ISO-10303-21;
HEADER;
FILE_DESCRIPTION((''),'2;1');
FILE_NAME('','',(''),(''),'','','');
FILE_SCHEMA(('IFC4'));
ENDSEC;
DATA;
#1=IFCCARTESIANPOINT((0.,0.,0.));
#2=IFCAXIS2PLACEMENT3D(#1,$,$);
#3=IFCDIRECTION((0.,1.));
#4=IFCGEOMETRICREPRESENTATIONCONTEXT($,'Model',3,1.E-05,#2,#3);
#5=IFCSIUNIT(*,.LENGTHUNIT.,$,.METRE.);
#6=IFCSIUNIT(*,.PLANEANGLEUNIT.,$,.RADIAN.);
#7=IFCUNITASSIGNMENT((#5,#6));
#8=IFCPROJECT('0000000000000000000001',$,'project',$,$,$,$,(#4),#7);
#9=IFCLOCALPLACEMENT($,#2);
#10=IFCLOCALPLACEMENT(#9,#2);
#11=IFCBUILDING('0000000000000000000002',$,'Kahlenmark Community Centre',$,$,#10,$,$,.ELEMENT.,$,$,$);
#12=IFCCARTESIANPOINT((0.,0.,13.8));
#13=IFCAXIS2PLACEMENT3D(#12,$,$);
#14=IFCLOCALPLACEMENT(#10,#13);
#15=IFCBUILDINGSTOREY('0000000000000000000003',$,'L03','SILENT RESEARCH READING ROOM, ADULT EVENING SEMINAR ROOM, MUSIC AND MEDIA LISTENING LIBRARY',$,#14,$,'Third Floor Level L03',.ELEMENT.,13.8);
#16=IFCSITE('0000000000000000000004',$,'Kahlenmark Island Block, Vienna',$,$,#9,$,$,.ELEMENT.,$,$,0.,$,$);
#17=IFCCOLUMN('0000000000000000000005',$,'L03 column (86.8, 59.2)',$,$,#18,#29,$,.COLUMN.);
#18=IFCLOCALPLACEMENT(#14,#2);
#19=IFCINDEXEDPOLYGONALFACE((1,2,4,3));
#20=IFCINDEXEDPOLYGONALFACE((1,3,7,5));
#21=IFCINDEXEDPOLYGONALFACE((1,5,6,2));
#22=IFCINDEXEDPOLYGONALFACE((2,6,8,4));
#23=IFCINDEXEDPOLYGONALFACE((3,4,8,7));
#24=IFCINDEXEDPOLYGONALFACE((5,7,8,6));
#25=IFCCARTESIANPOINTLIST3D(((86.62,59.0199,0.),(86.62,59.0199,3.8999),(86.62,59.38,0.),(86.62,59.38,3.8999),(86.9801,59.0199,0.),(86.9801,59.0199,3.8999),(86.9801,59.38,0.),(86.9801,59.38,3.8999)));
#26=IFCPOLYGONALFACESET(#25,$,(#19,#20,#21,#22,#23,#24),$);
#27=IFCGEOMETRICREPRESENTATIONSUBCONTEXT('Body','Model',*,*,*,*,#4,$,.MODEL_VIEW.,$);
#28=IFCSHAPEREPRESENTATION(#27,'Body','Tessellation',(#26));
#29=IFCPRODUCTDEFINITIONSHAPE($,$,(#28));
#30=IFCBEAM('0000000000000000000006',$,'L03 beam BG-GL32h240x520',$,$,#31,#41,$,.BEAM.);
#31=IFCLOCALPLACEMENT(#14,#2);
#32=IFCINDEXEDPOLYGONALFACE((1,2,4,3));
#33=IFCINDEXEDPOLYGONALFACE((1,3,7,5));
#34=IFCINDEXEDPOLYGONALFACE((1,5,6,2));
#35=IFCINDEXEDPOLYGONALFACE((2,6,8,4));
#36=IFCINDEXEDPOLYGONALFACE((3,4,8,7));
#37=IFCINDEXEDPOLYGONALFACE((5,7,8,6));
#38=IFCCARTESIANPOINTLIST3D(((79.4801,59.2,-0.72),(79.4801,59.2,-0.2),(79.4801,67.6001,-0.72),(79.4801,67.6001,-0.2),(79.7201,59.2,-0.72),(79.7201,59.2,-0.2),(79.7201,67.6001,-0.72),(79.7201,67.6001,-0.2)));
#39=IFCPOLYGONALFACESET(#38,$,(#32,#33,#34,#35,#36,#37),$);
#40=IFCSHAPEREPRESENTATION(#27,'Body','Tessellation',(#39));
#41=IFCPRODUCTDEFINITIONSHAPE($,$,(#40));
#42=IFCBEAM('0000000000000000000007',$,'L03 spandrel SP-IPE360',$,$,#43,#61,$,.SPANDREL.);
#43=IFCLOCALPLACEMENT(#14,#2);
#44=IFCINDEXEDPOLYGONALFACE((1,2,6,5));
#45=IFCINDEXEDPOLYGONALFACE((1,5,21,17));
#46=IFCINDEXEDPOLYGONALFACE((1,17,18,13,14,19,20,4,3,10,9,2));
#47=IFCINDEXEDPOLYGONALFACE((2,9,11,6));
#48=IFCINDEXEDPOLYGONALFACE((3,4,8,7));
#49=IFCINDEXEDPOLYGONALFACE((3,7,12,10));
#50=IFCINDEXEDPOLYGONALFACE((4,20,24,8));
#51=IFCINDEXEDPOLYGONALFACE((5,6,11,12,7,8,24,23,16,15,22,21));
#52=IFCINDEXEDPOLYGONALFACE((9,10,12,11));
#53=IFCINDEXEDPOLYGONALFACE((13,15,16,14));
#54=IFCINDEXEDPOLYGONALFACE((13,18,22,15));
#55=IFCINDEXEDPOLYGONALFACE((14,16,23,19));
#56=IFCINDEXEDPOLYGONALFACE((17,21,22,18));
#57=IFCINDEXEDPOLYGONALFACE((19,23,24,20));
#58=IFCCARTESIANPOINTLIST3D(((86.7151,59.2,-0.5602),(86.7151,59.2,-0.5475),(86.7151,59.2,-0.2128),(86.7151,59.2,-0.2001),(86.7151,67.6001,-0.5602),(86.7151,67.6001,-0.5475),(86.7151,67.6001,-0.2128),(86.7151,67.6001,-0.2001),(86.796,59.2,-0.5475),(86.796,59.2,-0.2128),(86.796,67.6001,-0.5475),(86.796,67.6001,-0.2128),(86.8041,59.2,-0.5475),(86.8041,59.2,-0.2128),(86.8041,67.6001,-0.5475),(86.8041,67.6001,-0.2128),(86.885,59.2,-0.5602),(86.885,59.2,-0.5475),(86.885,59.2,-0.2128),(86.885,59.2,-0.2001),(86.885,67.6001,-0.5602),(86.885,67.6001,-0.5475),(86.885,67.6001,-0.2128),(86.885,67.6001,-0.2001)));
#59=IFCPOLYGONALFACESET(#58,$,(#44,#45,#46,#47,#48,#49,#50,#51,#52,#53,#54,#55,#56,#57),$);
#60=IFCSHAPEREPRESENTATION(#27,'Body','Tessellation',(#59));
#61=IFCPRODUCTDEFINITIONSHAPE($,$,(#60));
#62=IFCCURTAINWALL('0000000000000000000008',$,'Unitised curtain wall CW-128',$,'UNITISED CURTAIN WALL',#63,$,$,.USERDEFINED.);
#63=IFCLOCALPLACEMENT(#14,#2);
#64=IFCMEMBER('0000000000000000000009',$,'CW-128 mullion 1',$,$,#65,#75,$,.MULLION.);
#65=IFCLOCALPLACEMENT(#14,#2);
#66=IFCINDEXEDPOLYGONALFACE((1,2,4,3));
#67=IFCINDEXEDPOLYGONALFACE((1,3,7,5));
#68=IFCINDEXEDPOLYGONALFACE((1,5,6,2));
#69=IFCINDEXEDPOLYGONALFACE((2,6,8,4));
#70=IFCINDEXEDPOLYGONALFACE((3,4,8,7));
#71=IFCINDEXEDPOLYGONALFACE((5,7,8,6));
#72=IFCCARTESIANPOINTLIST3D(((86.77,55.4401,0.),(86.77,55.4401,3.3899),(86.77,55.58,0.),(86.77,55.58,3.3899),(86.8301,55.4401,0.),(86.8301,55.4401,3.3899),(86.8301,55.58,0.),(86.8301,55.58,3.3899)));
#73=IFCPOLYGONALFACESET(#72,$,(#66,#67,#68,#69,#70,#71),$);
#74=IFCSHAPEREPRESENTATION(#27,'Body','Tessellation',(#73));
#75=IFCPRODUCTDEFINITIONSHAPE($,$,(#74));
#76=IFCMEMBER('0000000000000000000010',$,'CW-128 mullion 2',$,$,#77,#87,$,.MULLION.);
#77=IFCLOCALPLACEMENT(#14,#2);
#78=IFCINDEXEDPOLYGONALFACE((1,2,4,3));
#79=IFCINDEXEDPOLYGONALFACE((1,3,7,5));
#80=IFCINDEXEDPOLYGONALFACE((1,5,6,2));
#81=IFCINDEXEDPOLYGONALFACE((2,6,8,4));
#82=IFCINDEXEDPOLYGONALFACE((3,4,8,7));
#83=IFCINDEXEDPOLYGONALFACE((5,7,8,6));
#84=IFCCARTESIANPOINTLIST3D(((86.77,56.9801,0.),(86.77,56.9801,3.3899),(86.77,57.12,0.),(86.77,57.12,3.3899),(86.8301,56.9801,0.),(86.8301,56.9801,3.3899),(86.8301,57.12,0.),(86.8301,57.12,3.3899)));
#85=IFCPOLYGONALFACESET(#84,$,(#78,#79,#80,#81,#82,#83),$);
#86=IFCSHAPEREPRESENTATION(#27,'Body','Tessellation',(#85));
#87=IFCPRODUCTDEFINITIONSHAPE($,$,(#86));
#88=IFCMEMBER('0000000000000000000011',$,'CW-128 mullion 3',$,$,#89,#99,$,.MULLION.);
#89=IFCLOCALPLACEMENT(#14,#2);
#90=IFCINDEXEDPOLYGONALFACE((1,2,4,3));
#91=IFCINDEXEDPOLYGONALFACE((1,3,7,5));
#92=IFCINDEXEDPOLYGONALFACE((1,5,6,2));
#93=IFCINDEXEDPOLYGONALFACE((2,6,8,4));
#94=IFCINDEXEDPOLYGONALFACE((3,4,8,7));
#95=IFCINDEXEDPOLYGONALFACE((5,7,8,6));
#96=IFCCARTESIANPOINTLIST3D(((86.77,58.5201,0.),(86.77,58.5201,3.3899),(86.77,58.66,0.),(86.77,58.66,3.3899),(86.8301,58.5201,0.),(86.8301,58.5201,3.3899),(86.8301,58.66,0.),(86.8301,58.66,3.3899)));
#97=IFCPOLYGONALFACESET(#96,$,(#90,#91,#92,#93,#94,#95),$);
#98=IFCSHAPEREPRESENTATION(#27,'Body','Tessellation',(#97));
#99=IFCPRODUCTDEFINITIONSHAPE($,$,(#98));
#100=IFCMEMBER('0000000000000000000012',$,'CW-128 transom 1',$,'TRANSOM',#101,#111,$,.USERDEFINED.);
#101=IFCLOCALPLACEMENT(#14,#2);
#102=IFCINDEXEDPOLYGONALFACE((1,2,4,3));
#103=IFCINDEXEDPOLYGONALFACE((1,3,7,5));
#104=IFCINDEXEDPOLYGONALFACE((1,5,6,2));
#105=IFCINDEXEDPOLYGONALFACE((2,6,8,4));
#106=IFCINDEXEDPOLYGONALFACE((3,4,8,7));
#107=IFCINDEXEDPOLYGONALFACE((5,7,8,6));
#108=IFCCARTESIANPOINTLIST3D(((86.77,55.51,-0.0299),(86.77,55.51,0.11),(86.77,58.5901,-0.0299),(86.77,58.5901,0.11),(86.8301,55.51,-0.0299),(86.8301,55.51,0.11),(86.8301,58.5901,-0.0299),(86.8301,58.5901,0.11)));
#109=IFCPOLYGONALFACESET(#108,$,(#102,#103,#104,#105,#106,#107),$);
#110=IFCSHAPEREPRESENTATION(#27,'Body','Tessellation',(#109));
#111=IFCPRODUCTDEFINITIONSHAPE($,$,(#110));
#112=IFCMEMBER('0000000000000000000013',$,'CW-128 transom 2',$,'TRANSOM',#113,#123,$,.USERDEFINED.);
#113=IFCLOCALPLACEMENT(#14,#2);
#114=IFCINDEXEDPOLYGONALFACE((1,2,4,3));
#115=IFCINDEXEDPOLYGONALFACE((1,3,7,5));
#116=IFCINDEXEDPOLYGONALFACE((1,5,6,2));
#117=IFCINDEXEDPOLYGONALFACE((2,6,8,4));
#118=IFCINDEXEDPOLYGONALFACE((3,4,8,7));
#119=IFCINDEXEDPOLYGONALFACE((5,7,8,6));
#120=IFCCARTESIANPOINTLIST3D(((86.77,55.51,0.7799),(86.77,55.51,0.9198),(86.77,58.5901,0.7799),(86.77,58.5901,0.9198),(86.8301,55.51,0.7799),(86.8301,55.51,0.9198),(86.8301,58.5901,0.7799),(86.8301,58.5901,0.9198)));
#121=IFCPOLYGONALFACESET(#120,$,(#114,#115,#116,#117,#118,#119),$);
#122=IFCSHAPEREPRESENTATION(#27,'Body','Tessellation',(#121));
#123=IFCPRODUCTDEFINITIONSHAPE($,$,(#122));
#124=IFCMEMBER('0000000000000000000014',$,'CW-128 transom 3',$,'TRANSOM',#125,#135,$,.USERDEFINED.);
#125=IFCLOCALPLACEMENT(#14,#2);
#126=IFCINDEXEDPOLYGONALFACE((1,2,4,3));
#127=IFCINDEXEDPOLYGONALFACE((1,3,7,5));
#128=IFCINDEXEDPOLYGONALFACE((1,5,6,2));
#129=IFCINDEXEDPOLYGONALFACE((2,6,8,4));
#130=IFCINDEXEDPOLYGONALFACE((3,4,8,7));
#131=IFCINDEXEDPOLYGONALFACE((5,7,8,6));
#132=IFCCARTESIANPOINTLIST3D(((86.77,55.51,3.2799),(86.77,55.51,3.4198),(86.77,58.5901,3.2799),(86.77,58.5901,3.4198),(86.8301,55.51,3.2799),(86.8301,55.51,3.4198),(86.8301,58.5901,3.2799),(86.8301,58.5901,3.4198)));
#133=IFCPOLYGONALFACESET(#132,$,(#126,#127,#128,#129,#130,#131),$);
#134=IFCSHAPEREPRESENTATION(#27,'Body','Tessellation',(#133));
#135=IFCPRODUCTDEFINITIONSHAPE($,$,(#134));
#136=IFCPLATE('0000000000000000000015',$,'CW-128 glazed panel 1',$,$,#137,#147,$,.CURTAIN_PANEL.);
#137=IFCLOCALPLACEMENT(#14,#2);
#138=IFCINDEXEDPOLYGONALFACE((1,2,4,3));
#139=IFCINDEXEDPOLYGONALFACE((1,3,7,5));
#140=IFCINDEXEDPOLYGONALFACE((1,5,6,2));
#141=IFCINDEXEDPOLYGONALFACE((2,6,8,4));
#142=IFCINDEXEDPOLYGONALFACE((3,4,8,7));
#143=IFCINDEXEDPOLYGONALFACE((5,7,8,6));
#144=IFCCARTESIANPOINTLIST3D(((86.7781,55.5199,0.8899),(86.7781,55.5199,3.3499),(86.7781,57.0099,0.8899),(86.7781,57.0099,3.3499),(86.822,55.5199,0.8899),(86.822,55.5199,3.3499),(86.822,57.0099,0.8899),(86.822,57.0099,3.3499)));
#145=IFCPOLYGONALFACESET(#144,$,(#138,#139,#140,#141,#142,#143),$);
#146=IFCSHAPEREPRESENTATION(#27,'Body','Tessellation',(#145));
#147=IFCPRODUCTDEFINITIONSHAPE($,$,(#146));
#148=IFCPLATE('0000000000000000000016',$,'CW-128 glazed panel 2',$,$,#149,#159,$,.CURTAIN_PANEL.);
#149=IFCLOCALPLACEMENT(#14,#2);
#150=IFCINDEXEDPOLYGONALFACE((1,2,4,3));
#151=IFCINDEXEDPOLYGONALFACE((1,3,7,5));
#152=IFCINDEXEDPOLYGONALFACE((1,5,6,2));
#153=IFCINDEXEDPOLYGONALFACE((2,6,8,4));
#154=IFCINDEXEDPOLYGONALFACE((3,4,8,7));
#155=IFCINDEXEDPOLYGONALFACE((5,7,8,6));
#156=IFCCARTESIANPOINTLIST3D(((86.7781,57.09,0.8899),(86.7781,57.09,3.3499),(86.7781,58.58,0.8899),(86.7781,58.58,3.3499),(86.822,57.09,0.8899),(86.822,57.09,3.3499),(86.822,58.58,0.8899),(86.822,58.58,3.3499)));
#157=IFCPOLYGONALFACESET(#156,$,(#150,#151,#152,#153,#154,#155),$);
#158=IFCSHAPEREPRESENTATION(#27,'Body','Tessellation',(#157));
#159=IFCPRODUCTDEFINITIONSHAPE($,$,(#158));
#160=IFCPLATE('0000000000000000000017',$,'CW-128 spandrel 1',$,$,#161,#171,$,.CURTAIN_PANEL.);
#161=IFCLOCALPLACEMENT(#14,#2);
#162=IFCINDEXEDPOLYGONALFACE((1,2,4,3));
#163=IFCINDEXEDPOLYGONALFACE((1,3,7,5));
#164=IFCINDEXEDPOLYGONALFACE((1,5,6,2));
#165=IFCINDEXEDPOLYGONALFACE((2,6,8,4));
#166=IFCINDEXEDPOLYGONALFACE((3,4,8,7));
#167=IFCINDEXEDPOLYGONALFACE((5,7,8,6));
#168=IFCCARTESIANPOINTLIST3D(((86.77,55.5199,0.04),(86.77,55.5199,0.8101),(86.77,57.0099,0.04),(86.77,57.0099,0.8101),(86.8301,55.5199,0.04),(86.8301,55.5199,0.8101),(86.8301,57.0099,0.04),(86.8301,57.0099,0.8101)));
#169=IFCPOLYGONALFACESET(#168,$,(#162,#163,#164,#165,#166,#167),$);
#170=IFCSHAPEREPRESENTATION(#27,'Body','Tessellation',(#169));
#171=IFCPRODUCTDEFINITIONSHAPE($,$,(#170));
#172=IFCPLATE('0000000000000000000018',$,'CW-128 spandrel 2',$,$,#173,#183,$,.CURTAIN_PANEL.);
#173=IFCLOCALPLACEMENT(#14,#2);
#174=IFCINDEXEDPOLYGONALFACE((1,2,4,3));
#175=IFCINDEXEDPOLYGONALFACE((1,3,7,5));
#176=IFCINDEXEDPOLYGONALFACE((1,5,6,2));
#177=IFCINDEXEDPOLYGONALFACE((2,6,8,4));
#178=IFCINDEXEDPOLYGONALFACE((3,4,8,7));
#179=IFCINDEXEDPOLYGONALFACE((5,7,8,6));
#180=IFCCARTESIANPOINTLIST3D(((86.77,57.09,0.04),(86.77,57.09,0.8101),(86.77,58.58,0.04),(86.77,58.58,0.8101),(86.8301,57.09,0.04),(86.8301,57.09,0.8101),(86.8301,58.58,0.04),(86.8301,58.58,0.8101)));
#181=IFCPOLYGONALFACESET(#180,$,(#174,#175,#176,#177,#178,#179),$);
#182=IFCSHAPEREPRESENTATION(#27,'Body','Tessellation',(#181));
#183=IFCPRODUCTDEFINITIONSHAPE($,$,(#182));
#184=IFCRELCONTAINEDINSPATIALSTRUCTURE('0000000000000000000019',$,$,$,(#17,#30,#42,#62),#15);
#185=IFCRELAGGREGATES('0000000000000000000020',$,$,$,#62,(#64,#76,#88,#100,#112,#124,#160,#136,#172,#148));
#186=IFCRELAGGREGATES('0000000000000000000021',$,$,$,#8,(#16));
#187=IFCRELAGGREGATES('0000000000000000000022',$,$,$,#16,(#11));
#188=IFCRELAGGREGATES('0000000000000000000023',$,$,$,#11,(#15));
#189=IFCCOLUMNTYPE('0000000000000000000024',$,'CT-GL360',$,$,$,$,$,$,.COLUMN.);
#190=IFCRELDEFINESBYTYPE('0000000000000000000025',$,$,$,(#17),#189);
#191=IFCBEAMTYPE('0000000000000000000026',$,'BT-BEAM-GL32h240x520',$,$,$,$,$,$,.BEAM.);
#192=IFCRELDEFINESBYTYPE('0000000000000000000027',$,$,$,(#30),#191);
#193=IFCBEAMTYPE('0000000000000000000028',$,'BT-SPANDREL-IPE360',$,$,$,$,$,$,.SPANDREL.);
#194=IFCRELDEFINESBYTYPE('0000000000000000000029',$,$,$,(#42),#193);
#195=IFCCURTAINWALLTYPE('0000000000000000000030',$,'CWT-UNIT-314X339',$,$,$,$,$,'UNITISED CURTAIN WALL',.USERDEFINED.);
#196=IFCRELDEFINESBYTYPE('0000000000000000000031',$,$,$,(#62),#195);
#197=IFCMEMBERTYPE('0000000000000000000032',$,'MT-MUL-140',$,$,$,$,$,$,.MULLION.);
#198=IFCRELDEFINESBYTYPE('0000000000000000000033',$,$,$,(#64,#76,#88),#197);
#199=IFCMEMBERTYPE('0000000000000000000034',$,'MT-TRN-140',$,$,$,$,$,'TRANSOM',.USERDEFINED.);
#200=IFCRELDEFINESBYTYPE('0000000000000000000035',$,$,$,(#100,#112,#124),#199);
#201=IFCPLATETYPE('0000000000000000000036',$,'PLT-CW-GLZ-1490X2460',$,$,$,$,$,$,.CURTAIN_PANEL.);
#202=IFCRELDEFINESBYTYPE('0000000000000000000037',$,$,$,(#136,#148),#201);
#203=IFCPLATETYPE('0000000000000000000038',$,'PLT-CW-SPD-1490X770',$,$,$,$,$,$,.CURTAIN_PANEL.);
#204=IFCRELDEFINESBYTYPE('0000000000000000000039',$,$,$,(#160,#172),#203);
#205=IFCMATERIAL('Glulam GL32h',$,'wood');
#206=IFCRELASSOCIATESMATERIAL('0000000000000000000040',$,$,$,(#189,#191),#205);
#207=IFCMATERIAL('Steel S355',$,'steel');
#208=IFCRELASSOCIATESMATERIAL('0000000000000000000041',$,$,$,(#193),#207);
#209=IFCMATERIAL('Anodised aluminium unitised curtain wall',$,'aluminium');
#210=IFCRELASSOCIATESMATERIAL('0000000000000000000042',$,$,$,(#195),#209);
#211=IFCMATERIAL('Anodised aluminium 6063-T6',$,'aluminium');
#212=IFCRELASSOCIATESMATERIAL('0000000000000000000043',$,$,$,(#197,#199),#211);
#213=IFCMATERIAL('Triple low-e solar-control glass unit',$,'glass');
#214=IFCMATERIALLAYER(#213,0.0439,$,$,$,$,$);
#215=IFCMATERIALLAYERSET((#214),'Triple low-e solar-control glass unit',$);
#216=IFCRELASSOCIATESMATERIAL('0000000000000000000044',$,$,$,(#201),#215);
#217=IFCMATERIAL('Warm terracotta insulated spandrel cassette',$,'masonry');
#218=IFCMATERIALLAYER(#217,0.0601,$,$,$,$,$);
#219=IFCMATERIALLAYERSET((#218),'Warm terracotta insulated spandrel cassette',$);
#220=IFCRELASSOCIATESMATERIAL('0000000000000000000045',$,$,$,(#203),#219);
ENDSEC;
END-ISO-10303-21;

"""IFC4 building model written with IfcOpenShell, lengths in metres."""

from ifc_helpers import new_model, si_unit, direction, frame, origin, origin_2d, place, context, subcontext, project, spatial, rectangle, i_section, extrude, material, layer, layer_set, material_profile, profile_set, type_object, element, aggregate, save


model = new_model("IFC4")

# Units and contexts
model_context = context("Model", 3, precision=1e-05, world=origin(), true_north=direction((0.0, 1.0)))
body_context = subcontext(model_context, "Body", "Model", "MODEL_VIEW")
ifc_project = project(units=[si_unit("LENGTHUNIT", "METRE"), si_unit("PLANEANGLEUNIT", "RADIAN")], contexts=[model_context])

# Site, building, storey
site_placement = place(None, origin())
site = spatial("IfcSite", under=ifc_project, at=site_placement, Name="Kahlenmark Island Block, Vienna", CompositionType="ELEMENT", RefElevation=0.0)
building_placement = place(site_placement, origin())
building = spatial("IfcBuilding", under=site, at=building_placement, Name="Kahlenmark Community Centre", CompositionType="ELEMENT")
storey_placement = place(building_placement, frame((0.0, 0.0, 13.8)))
storey = spatial("IfcBuildingStorey", under=building, at=storey_placement, Name="L03", Description="SILENT RESEARCH READING ROOM, ADULT EVENING SEMINAR ROOM, MUSIC AND MEDIA LISTENING LIBRARY", LongName="Third Floor Level L03", CompositionType="ELEMENT", Elevation=13.8)

# Column
ifc_material_1 = material(Name="Glulam GL32h", Category="wood")
ifc_material_profile_1 = material_profile(ifc_material_1, rectangle(XDim=0.3601, YDim=0.3601, at=origin_2d()), Name="GL32h 360x360")
ifc_profile_set_1 = profile_set([ifc_material_profile_1], Name="Glulam GL32h")
column_type = type_object("IfcColumnType", Name="CT-GL360", PredefinedType="COLUMN", material=ifc_profile_set_1)
column_placement = place(storey_placement, frame((86.8, 59.2, 0.0), z_axis=(0.0, 0.0, 1.0), x_axis=(1.0, 0.0, 0.0)))
element("IfcColumn", 1, at=column_placement, inside=storey, type_object=column_type, Name="L03 column (86.8, 59.2)", PredefinedType="COLUMN", context=body_context, shape_type="SweptSolid", body=[
    extrude(rectangle(XDim=0.3601, YDim=0.3601, at=origin_2d()), origin(), (0.0, 0.0, 1.0), 3.8999),
])

# Beams
ifc_material_profile_2 = material_profile(ifc_material_1, rectangle(XDim=0.24, YDim=0.52, at=origin_2d()), Name="GL32h 240x520")
ifc_profile_set_2 = profile_set([ifc_material_profile_2], Name="Glulam GL32h")
beam_type_1 = type_object("IfcBeamType", Name="BT-BEAM-GL32h240x520", PredefinedType="BEAM", material=ifc_profile_set_2)
beam_1_placement = place(storey_placement, frame((79.6001, 59.2, -0.46), z_axis=(0.0, 1.0, 0.0), x_axis=(-1.0, 0.0, 0.0)))
element("IfcBeam", 2, at=beam_1_placement, inside=storey, type_object=beam_type_1, Name="L03 beam BG-GL32h240x520", PredefinedType="BEAM", context=body_context, shape_type="SweptSolid", body=[
    extrude(rectangle(XDim=0.24, YDim=0.52, at=origin_2d()), origin(), (0.0, 0.0, 1.0), 8.4001),
])
ifc_material_2 = material(Name="Steel S355", Category="steel")
ifc_material_profile_3 = material_profile(ifc_material_2, i_section(OverallWidth=0.1699, OverallDepth=0.3601, WebThickness=0.0081, FlangeThickness=0.0127, at=origin_2d()), Name="IPE 360")
ifc_profile_set_3 = profile_set([ifc_material_profile_3], Name="Steel S355")
beam_type_2 = type_object("IfcBeamType", Name="BT-SPANDREL-IPE360", PredefinedType="SPANDREL", material=ifc_profile_set_3)
beam_2_placement = place(storey_placement, frame((86.8, 59.2, -0.3801), z_axis=(0.0, 1.0, 0.0), x_axis=(-1.0, 0.0, 0.0)))
element("IfcBeam", 3, at=beam_2_placement, inside=storey, type_object=beam_type_2, Name="L03 spandrel SP-IPE360", PredefinedType="SPANDREL", context=body_context, shape_type="SweptSolid", body=[
    extrude(i_section(OverallWidth=0.1699, OverallDepth=0.3601, WebThickness=0.0081, FlangeThickness=0.0127, at=origin_2d()), origin(), (0.0, 0.0, 1.0), 8.4001),
])

# Curtain wall, members, plates
ifc_material_3 = material(Name="Anodised aluminium unitised curtain wall", Category="aluminium")
curtain_wall_type = type_object("IfcCurtainWallType", Name="CWT-UNIT-314X339", ElementType="UNITISED CURTAIN WALL", PredefinedType="USERDEFINED", material=ifc_material_3)
curtain_wall_placement = place(storey_placement, origin())
curtain_wall = element("IfcCurtainWall", 4, at=curtain_wall_placement, inside=storey, type_object=curtain_wall_type, Name="Unitised curtain wall CW-128", ObjectType="UNITISED CURTAIN WALL", PredefinedType="USERDEFINED")
ifc_material_4 = material(Name="Anodised aluminium 6063-T6", Category="aluminium")
ifc_material_profile_4 = material_profile(ifc_material_4, rectangle(XDim=0.0601, YDim=0.1399, at=origin_2d()), Name="ALU MULLION 60x140")
ifc_profile_set_4 = profile_set([ifc_material_profile_4], Name="Anodised aluminium 6063-T6")
member_type_1 = type_object("IfcMemberType", Name="MT-MUL-140", PredefinedType="MULLION", material=ifc_profile_set_4)
member_1_placement = place(storey_placement, frame((86.8, 55.51, 0.0), z_axis=(0.0, 0.0, 1.0), x_axis=(-1.0, 0.0, 0.0)))
member_1 = element("IfcMember", 5, at=member_1_placement, type_object=member_type_1, Name="CW-128 mullion 1", PredefinedType="MULLION", context=body_context, shape_type="SweptSolid", body=[
    extrude(rectangle(XDim=0.0601, YDim=0.1399, at=origin_2d()), origin(), (0.0, 0.0, 1.0), 3.3899),
])
member_2_placement = place(storey_placement, frame((86.8, 57.05, 0.0), z_axis=(0.0, 0.0, 1.0), x_axis=(-1.0, 0.0, 0.0)))
member_2 = element("IfcMember", 6, at=member_2_placement, type_object=member_type_1, Name="CW-128 mullion 2", PredefinedType="MULLION", context=body_context, shape_type="SweptSolid", body=[
    extrude(rectangle(XDim=0.0601, YDim=0.1399, at=origin_2d()), origin(), (0.0, 0.0, 1.0), 3.3899),
])
member_3_placement = place(storey_placement, frame((86.8, 58.5901, 0.0), z_axis=(0.0, 0.0, 1.0), x_axis=(-1.0, 0.0, 0.0)))
member_3 = element("IfcMember", 7, at=member_3_placement, type_object=member_type_1, Name="CW-128 mullion 3", PredefinedType="MULLION", context=body_context, shape_type="SweptSolid", body=[
    extrude(rectangle(XDim=0.0601, YDim=0.1399, at=origin_2d()), origin(), (0.0, 0.0, 1.0), 3.3899),
])
ifc_material_profile_5 = material_profile(ifc_material_4, rectangle(XDim=0.0601, YDim=0.1399, at=origin_2d()), Name="ALU TRANSOM 60x140")
ifc_profile_set_5 = profile_set([ifc_material_profile_5], Name="Anodised aluminium 6063-T6")
member_type_2 = type_object("IfcMemberType", Name="MT-TRN-140", ElementType="TRANSOM", PredefinedType="USERDEFINED", material=ifc_profile_set_5)
member_4_placement = place(storey_placement, frame((86.8, 55.51, 0.04), z_axis=(0.0, 1.0, 0.0), x_axis=(-1.0, 0.0, 0.0)))
member_4 = element("IfcMember", 8, at=member_4_placement, type_object=member_type_2, Name="CW-128 transom 1", ObjectType="TRANSOM", PredefinedType="USERDEFINED", context=body_context, shape_type="SweptSolid", body=[
    extrude(rectangle(XDim=0.0601, YDim=0.1399, at=origin_2d()), origin(), (0.0, 0.0, 1.0), 3.0801),
])
member_5_placement = place(storey_placement, frame((86.8, 55.51, 0.8499), z_axis=(0.0, 1.0, 0.0), x_axis=(-1.0, 0.0, 0.0)))
member_5 = element("IfcMember", 9, at=member_5_placement, type_object=member_type_2, Name="CW-128 transom 2", ObjectType="TRANSOM", PredefinedType="USERDEFINED", context=body_context, shape_type="SweptSolid", body=[
    extrude(rectangle(XDim=0.0601, YDim=0.1399, at=origin_2d()), origin(), (0.0, 0.0, 1.0), 3.0801),
])
member_6_placement = place(storey_placement, frame((86.8, 55.51, 3.3499), z_axis=(0.0, 1.0, 0.0), x_axis=(-1.0, 0.0, 0.0)))
member_6 = element("IfcMember", 10, at=member_6_placement, type_object=member_type_2, Name="CW-128 transom 3", ObjectType="TRANSOM", PredefinedType="USERDEFINED", context=body_context, shape_type="SweptSolid", body=[
    extrude(rectangle(XDim=0.0601, YDim=0.1399, at=origin_2d()), origin(), (0.0, 0.0, 1.0), 3.0801),
])
ifc_material_5 = material(Name="Triple low-e solar-control glass unit", Category="glass")
ifc_layer_1 = layer(ifc_material_5, 0.0439)
ifc_layer_set_1 = layer_set([ifc_layer_1], Name="Triple low-e solar-control glass unit")
plate_type_1 = type_object("IfcPlateType", Name="PLT-CW-GLZ-1490X2460", PredefinedType="CURTAIN_PANEL", material=ifc_layer_set_1)
plate_1_placement = place(storey_placement, frame((86.8, 56.2649, 0.8899), z_axis=(0.0, 0.0, 1.0), x_axis=(0.0, 1.0, 0.0)))
plate_1 = element("IfcPlate", 11, at=plate_1_placement, type_object=plate_type_1, Name="CW-128 glazed panel 1", PredefinedType="CURTAIN_PANEL", context=body_context, shape_type="SweptSolid", body=[
    extrude(rectangle(XDim=1.49, YDim=0.0439, at=origin_2d()), origin(), (0.0, 0.0, 1.0), 2.46),
])
plate_2_placement = place(storey_placement, frame((86.8, 57.835, 0.8899), z_axis=(0.0, 0.0, 1.0), x_axis=(0.0, 1.0, 0.0)))
plate_2 = element("IfcPlate", 12, at=plate_2_placement, type_object=plate_type_1, Name="CW-128 glazed panel 2", PredefinedType="CURTAIN_PANEL", context=body_context, shape_type="SweptSolid", body=[
    extrude(rectangle(XDim=1.49, YDim=0.0439, at=origin_2d()), origin(), (0.0, 0.0, 1.0), 2.46),
])
ifc_material_6 = material(Name="Warm terracotta insulated spandrel cassette", Category="masonry")
ifc_layer_2 = layer(ifc_material_6, 0.0601)
ifc_layer_set_2 = layer_set([ifc_layer_2], Name="Warm terracotta insulated spandrel cassette")
plate_type_2 = type_object("IfcPlateType", Name="PLT-CW-SPD-1490X770", PredefinedType="CURTAIN_PANEL", material=ifc_layer_set_2)
plate_3_placement = place(storey_placement, frame((86.8, 56.2649, 0.04), z_axis=(0.0, 0.0, 1.0), x_axis=(0.0, 1.0, 0.0)))
plate_3 = element("IfcPlate", 13, at=plate_3_placement, type_object=plate_type_2, Name="CW-128 spandrel 1", PredefinedType="CURTAIN_PANEL", context=body_context, shape_type="SweptSolid", body=[
    extrude(rectangle(XDim=1.49, YDim=0.0601, at=origin_2d()), origin(), (0.0, 0.0, 1.0), 0.77),
])
plate_4_placement = place(storey_placement, frame((86.8, 57.835, 0.04), z_axis=(0.0, 0.0, 1.0), x_axis=(0.0, 1.0, 0.0)))
plate_4 = element("IfcPlate", 14, at=plate_4_placement, type_object=plate_type_2, Name="CW-128 spandrel 2", PredefinedType="CURTAIN_PANEL", context=body_context, shape_type="SweptSolid", body=[
    extrude(rectangle(XDim=1.49, YDim=0.0601, at=origin_2d()), origin(), (0.0, 0.0, 1.0), 0.77),
])
aggregate(curtain_wall, [member_1, member_2, member_3, member_4, member_5, member_6, plate_3, plate_1, plate_4, plate_2])

save(model, "model.ifc")
